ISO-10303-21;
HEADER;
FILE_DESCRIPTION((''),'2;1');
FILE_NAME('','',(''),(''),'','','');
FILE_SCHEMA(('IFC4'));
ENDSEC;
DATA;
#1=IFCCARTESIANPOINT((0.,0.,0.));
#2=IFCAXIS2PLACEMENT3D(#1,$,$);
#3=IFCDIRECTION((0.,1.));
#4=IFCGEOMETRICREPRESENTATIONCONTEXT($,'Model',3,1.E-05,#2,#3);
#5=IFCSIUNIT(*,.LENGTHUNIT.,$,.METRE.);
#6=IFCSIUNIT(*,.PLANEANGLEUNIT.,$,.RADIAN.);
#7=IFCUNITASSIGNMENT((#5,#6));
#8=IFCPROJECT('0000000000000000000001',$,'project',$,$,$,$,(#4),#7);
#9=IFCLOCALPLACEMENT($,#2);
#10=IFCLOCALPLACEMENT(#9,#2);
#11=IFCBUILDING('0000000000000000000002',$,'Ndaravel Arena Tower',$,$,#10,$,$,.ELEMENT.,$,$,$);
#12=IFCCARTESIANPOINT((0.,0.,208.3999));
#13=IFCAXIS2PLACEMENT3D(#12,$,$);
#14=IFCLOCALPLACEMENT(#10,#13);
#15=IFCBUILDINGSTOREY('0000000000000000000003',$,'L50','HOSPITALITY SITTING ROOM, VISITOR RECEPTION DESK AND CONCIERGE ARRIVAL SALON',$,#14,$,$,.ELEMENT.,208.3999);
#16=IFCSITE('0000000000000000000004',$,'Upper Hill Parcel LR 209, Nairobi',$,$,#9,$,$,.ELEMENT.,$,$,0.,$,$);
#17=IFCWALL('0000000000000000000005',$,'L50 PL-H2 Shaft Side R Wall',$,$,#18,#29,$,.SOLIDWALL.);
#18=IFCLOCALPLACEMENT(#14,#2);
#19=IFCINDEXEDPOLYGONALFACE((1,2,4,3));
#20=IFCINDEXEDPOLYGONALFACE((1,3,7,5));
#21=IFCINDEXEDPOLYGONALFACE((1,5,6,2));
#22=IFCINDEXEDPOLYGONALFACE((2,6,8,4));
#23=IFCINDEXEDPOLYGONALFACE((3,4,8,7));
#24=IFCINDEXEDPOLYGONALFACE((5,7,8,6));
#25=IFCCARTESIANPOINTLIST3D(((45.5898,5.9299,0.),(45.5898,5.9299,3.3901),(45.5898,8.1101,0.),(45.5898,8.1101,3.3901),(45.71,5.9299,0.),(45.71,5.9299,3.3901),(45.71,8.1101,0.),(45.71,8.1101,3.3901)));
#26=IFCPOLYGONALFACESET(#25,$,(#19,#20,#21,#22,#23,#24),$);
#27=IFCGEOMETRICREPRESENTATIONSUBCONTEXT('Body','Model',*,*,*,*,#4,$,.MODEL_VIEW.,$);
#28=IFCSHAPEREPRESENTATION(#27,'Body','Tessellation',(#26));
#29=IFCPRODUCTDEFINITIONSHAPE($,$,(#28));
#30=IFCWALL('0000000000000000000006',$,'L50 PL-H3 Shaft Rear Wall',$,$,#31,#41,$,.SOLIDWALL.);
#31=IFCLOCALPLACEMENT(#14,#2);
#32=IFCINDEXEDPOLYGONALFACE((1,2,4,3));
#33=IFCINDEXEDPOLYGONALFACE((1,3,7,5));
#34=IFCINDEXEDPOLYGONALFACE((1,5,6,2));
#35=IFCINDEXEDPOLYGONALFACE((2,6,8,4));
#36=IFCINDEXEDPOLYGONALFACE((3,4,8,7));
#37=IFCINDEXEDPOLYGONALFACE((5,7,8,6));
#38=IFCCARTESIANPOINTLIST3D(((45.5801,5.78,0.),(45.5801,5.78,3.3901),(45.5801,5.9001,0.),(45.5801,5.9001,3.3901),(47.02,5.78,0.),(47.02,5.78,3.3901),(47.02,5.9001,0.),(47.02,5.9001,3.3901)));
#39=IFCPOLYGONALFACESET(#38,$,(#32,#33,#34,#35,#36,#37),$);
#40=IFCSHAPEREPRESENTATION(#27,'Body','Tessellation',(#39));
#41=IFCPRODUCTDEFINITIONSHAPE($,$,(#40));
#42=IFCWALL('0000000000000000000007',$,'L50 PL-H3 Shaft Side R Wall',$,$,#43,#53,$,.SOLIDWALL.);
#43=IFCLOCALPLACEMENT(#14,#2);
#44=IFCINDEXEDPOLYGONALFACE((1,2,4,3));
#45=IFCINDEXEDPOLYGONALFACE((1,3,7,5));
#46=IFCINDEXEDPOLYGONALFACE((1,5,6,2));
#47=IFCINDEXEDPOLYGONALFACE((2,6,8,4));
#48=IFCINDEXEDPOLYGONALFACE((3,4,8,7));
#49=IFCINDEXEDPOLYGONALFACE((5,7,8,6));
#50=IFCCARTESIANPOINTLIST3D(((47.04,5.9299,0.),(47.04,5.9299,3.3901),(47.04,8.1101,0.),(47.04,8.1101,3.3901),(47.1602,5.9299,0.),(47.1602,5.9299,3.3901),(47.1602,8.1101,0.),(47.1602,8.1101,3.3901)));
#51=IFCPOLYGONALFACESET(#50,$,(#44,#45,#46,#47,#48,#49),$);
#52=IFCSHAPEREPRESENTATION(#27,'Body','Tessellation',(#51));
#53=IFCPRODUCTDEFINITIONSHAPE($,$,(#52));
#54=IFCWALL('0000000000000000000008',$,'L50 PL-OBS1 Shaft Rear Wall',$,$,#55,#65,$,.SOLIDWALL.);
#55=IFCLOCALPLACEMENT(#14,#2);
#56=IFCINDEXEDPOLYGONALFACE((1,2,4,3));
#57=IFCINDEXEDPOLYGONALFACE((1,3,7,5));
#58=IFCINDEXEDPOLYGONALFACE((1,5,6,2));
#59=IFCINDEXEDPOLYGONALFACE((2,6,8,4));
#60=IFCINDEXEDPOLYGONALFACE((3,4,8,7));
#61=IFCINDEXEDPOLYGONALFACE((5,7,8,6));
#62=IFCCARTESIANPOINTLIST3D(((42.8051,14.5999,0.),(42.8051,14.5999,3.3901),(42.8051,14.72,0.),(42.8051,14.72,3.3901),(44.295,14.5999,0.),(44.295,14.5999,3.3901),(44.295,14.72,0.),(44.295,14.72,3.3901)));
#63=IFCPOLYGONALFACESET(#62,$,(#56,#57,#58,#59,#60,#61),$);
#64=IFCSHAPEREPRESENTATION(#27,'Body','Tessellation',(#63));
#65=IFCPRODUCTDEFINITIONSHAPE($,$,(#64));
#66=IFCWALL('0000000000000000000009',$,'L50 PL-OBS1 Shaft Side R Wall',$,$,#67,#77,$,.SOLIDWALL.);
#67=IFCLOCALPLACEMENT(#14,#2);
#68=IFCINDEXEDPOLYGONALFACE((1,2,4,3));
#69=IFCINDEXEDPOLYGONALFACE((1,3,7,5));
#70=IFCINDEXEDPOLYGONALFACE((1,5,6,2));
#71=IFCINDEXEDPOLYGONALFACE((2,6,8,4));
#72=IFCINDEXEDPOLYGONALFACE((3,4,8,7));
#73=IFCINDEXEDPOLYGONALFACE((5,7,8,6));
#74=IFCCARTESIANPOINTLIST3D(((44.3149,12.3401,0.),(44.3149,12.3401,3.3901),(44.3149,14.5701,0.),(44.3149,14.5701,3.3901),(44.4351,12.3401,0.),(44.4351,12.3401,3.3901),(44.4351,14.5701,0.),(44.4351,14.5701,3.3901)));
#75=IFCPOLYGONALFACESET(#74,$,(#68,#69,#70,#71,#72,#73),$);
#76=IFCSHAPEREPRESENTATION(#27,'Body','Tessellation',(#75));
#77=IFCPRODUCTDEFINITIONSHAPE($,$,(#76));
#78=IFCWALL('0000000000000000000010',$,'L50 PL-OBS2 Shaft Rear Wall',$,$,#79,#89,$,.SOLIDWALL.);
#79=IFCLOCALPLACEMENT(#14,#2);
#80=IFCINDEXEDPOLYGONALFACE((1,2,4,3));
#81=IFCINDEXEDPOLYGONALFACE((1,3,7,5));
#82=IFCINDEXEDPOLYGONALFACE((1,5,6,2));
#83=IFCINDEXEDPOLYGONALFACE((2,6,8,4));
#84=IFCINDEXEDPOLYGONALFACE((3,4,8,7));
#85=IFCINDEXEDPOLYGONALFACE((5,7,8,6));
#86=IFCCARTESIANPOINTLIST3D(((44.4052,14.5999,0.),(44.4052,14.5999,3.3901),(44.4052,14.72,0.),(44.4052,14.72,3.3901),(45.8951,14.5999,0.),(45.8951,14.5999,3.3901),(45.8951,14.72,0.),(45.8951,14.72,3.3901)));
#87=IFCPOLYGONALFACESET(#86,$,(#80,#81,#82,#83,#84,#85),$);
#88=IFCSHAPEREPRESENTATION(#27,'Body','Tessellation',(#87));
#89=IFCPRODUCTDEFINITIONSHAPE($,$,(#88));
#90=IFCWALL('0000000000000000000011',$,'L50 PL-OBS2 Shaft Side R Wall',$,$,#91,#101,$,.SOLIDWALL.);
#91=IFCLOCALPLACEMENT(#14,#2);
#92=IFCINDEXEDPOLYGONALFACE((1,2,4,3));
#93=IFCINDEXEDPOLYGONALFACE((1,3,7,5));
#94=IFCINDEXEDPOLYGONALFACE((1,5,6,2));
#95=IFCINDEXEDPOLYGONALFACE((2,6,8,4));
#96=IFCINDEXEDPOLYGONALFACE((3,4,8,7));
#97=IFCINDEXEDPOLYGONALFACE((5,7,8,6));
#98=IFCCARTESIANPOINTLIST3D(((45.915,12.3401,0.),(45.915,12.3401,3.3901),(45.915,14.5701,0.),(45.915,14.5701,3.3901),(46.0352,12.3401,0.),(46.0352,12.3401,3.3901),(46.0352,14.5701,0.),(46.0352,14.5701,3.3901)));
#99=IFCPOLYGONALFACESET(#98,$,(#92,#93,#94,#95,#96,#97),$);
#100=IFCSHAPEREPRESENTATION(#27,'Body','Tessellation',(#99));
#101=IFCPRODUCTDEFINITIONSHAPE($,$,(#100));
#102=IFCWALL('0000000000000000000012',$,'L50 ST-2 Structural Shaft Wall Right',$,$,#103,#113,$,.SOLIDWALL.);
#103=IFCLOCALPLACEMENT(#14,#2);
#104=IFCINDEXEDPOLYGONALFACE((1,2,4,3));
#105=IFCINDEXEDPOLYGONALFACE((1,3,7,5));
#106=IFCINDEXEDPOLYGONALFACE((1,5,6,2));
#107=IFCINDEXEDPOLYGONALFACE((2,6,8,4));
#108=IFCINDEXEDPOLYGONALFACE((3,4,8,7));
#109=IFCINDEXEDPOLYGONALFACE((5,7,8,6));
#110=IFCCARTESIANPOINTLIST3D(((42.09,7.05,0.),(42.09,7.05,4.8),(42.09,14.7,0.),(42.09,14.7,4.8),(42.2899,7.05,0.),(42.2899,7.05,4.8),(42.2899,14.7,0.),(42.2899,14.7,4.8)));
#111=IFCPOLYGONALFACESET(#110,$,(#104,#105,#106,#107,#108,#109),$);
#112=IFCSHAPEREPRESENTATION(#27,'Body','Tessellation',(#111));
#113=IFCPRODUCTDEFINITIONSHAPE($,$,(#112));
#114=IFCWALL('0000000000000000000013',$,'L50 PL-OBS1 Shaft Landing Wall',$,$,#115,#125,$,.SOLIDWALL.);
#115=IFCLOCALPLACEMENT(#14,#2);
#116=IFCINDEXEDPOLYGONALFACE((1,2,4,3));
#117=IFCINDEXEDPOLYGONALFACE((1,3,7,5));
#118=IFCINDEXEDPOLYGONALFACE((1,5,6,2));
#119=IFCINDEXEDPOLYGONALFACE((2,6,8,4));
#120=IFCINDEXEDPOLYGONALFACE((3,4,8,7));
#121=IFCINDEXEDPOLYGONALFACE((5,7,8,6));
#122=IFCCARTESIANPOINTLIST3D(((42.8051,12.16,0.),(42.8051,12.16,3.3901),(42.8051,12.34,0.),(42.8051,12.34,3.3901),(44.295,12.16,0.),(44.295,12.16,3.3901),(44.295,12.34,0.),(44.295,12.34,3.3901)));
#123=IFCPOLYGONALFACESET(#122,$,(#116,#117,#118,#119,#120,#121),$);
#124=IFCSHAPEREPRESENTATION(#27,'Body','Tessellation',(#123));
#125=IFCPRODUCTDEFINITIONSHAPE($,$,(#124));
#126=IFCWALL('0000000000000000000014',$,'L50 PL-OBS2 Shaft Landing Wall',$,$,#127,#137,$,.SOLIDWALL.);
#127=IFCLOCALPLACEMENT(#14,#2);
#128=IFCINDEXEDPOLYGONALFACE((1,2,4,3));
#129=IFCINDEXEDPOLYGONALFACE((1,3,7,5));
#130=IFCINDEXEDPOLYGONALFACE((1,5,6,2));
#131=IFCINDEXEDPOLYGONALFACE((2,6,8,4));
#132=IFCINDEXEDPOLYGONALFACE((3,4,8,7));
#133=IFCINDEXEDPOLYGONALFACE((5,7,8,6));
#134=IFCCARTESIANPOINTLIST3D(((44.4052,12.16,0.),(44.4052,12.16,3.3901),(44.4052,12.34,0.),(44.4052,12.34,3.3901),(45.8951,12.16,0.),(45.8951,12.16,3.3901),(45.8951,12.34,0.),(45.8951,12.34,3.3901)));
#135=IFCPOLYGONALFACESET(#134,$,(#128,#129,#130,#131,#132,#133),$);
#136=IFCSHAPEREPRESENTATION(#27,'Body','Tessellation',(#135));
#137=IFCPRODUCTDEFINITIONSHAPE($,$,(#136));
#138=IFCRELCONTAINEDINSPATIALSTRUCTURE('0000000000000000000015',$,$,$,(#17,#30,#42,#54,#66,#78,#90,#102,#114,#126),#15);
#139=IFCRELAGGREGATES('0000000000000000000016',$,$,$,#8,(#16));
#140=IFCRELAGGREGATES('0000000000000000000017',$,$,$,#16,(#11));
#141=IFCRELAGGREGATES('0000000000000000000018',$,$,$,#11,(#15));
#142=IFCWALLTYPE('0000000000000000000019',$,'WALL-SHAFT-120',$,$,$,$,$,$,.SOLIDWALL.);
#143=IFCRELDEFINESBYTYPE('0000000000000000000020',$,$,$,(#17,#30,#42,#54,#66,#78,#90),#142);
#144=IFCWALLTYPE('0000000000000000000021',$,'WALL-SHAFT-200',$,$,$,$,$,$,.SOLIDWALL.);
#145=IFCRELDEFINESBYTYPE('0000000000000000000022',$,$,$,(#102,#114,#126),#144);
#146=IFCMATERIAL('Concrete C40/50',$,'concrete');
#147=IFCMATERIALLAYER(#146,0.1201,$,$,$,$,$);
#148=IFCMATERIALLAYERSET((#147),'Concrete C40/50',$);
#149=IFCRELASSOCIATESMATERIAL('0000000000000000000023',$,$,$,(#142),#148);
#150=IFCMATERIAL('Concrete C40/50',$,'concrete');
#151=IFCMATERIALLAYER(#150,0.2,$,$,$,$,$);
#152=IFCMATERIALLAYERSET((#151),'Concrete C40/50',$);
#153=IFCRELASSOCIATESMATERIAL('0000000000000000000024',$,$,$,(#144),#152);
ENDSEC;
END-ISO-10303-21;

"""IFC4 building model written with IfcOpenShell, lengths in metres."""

from ifc_helpers import new_model, si_unit, direction, frame, frame_2d, origin, place, context, subcontext, project, spatial, rectangle, extrude, material, layer, layer_set, type_object, element, save


model = new_model("IFC4")

# Units and contexts
model_context = context("Model", 3, precision=1e-05, world=origin(), true_north=direction((0.0, 1.0)))
body_context = subcontext(model_context, "Body", "Model", "MODEL_VIEW")
ifc_project = project(units=[si_unit("LENGTHUNIT", "METRE"), si_unit("PLANEANGLEUNIT", "RADIAN")], contexts=[model_context])

# Site, building, storey
site_placement = place(None, origin())
site = spatial("IfcSite", under=ifc_project, at=site_placement, Name="Upper Hill Parcel LR 209, Nairobi", CompositionType="ELEMENT", RefElevation=0.0)
building_placement = place(site_placement, origin())
building = spatial("IfcBuilding", under=site, at=building_placement, Name="Ndaravel Arena Tower", CompositionType="ELEMENT")
storey_placement = place(building_placement, frame((0.0, 0.0, 208.3999)))
storey = spatial("IfcBuildingStorey", under=building, at=storey_placement, Name="L50", Description="HOSPITALITY SITTING ROOM, VISITOR RECEPTION DESK AND CONCIERGE ARRIVAL SALON", CompositionType="ELEMENT", Elevation=208.3999)

# Walls
ifc_material_1 = material(Name="Concrete C40/50", Category="concrete")
ifc_layer_1 = layer(ifc_material_1, 0.1201)
ifc_layer_set_1 = layer_set([ifc_layer_1], Name="Concrete C40/50")
wall_type_1 = type_object("IfcWallType", Name="WALL-SHAFT-120", PredefinedType="SOLIDWALL", material=ifc_layer_set_1)
wall_1_placement = place(storey_placement, frame((45.6499, 5.9299, 0.0), z_axis=(0.0, 0.0, 1.0), x_axis=(0.0, 1.0, 0.0)))
element("IfcWall", 1, at=wall_1_placement, inside=storey, type_object=wall_type_1, Name="L50 PL-H2 Shaft Side R Wall", PredefinedType="SOLIDWALL", context=body_context, shape_type="SweptSolid", body=[
    extrude(rectangle(XDim=2.1802, YDim=0.1201, at=frame_2d((1.0901, 0.0))), origin(), (0.0, 0.0, 1.0), 3.3901),
])
wall_2_placement = place(storey_placement, frame((45.5801, 5.8401, 0.0), z_axis=(0.0, 0.0, 1.0), x_axis=(1.0, 0.0, 0.0)))
element("IfcWall", 2, at=wall_2_placement, inside=storey, type_object=wall_type_1, Name="L50 PL-H3 Shaft Rear Wall", PredefinedType="SOLIDWALL", context=body_context, shape_type="SweptSolid", body=[
    extrude(rectangle(XDim=1.4399, YDim=0.1201, at=frame_2d((0.72, 0.0))), origin(), (0.0, 0.0, 1.0), 3.3901),
])
wall_3_placement = place(storey_placement, frame((47.1001, 5.9299, 0.0), z_axis=(0.0, 0.0, 1.0), x_axis=(0.0, 1.0, 0.0)))
element("IfcWall", 3, at=wall_3_placement, inside=storey, type_object=wall_type_1, Name="L50 PL-H3 Shaft Side R Wall", PredefinedType="SOLIDWALL", context=body_context, shape_type="SweptSolid", body=[
    extrude(rectangle(XDim=2.1802, YDim=0.1201, at=frame_2d((1.0901, 0.0))), origin(), (0.0, 0.0, 1.0), 3.3901),
])
wall_4_placement = place(storey_placement, frame((42.8049, 14.6599, 0.0), z_axis=(0.0, 0.0, 1.0), x_axis=(1.0, 0.0, 0.0)))
element("IfcWall", 4, at=wall_4_placement, inside=storey, type_object=wall_type_1, Name="L50 PL-OBS1 Shaft Rear Wall", PredefinedType="SOLIDWALL", context=body_context, shape_type="SweptSolid", body=[
    extrude(rectangle(XDim=1.49, YDim=0.1201, at=frame_2d((0.7451, 0.0))), origin(), (0.0, 0.0, 1.0), 3.3901),
])
wall_5_placement = place(storey_placement, frame((44.375, 12.3401, 0.0), z_axis=(0.0, 0.0, 1.0), x_axis=(0.0, 1.0, 0.0)))
element("IfcWall", 5, at=wall_5_placement, inside=storey, type_object=wall_type_1, Name="L50 PL-OBS1 Shaft Side R Wall", PredefinedType="SOLIDWALL", context=body_context, shape_type="SweptSolid", body=[
    extrude(rectangle(XDim=2.23, YDim=0.1201, at=frame_2d((1.115, 0.0))), origin(), (0.0, 0.0, 1.0), 3.3901),
])
wall_6_placement = place(storey_placement, frame((44.405, 14.6599, 0.0), z_axis=(0.0, 0.0, 1.0), x_axis=(1.0, 0.0, 0.0)))
element("IfcWall", 6, at=wall_6_placement, inside=storey, type_object=wall_type_1, Name="L50 PL-OBS2 Shaft Rear Wall", PredefinedType="SOLIDWALL", context=body_context, shape_type="SweptSolid", body=[
    extrude(rectangle(XDim=1.49, YDim=0.1201, at=frame_2d((0.7451, 0.0))), origin(), (0.0, 0.0, 1.0), 3.3901),
])
wall_7_placement = place(storey_placement, frame((45.9751, 12.3401, 0.0), z_axis=(0.0, 0.0, 1.0), x_axis=(0.0, 1.0, 0.0)))
element("IfcWall", 7, at=wall_7_placement, inside=storey, type_object=wall_type_1, Name="L50 PL-OBS2 Shaft Side R Wall", PredefinedType="SOLIDWALL", context=body_context, shape_type="SweptSolid", body=[
    extrude(rectangle(XDim=2.23, YDim=0.1201, at=frame_2d((1.115, 0.0))), origin(), (0.0, 0.0, 1.0), 3.3901),
])
ifc_material_2 = material(Name="Concrete C40/50", Category="concrete")
ifc_layer_2 = layer(ifc_material_2, 0.2)
ifc_layer_set_2 = layer_set([ifc_layer_2], Name="Concrete C40/50")
wall_type_2 = type_object("IfcWallType", Name="WALL-SHAFT-200", PredefinedType="SOLIDWALL", material=ifc_layer_set_2)
wall_8_placement = place(storey_placement, frame((42.1899, 14.7, 0.0), z_axis=(0.0, 0.0, 1.0), x_axis=(0.0, -1.0, 0.0)))
element("IfcWall", 8, at=wall_8_placement, inside=storey, type_object=wall_type_2, Name="L50 ST-2 Structural Shaft Wall Right", PredefinedType="SOLIDWALL", context=body_context, shape_type="SweptSolid", body=[
    extrude(rectangle(XDim=7.6499, YDim=0.2, at=frame_2d((3.825, 0.0))), origin(), (0.0, 0.0, 1.0), 4.8),
])

# Walls
for number, where, z_axis, x_axis, name in (
    (9, (42.8049, 12.25, 0.0), (0.0, 0.0, 1.0), (1.0, 0.0, 0.0), "L50 PL-OBS1 Shaft Landing Wall"),
    (10, (44.405, 12.25, 0.0), (0.0, 0.0, 1.0), (1.0, 0.0, 0.0), "L50 PL-OBS2 Shaft Landing Wall"),
):
    element("IfcWall", number, at=place(storey_placement, frame(where, z_axis=z_axis, x_axis=x_axis)), inside=storey, type_object=wall_type_2, Name=name, PredefinedType="SOLIDWALL", context=body_context, shape_type="SweptSolid", body=[
        extrude(rectangle(XDim=1.49, YDim=0.1799, at=frame_2d((0.7451, 0.0))), origin(), (0.0, 0.0, 1.0), 3.3901),
    ])

save(model, "model.ifc")
